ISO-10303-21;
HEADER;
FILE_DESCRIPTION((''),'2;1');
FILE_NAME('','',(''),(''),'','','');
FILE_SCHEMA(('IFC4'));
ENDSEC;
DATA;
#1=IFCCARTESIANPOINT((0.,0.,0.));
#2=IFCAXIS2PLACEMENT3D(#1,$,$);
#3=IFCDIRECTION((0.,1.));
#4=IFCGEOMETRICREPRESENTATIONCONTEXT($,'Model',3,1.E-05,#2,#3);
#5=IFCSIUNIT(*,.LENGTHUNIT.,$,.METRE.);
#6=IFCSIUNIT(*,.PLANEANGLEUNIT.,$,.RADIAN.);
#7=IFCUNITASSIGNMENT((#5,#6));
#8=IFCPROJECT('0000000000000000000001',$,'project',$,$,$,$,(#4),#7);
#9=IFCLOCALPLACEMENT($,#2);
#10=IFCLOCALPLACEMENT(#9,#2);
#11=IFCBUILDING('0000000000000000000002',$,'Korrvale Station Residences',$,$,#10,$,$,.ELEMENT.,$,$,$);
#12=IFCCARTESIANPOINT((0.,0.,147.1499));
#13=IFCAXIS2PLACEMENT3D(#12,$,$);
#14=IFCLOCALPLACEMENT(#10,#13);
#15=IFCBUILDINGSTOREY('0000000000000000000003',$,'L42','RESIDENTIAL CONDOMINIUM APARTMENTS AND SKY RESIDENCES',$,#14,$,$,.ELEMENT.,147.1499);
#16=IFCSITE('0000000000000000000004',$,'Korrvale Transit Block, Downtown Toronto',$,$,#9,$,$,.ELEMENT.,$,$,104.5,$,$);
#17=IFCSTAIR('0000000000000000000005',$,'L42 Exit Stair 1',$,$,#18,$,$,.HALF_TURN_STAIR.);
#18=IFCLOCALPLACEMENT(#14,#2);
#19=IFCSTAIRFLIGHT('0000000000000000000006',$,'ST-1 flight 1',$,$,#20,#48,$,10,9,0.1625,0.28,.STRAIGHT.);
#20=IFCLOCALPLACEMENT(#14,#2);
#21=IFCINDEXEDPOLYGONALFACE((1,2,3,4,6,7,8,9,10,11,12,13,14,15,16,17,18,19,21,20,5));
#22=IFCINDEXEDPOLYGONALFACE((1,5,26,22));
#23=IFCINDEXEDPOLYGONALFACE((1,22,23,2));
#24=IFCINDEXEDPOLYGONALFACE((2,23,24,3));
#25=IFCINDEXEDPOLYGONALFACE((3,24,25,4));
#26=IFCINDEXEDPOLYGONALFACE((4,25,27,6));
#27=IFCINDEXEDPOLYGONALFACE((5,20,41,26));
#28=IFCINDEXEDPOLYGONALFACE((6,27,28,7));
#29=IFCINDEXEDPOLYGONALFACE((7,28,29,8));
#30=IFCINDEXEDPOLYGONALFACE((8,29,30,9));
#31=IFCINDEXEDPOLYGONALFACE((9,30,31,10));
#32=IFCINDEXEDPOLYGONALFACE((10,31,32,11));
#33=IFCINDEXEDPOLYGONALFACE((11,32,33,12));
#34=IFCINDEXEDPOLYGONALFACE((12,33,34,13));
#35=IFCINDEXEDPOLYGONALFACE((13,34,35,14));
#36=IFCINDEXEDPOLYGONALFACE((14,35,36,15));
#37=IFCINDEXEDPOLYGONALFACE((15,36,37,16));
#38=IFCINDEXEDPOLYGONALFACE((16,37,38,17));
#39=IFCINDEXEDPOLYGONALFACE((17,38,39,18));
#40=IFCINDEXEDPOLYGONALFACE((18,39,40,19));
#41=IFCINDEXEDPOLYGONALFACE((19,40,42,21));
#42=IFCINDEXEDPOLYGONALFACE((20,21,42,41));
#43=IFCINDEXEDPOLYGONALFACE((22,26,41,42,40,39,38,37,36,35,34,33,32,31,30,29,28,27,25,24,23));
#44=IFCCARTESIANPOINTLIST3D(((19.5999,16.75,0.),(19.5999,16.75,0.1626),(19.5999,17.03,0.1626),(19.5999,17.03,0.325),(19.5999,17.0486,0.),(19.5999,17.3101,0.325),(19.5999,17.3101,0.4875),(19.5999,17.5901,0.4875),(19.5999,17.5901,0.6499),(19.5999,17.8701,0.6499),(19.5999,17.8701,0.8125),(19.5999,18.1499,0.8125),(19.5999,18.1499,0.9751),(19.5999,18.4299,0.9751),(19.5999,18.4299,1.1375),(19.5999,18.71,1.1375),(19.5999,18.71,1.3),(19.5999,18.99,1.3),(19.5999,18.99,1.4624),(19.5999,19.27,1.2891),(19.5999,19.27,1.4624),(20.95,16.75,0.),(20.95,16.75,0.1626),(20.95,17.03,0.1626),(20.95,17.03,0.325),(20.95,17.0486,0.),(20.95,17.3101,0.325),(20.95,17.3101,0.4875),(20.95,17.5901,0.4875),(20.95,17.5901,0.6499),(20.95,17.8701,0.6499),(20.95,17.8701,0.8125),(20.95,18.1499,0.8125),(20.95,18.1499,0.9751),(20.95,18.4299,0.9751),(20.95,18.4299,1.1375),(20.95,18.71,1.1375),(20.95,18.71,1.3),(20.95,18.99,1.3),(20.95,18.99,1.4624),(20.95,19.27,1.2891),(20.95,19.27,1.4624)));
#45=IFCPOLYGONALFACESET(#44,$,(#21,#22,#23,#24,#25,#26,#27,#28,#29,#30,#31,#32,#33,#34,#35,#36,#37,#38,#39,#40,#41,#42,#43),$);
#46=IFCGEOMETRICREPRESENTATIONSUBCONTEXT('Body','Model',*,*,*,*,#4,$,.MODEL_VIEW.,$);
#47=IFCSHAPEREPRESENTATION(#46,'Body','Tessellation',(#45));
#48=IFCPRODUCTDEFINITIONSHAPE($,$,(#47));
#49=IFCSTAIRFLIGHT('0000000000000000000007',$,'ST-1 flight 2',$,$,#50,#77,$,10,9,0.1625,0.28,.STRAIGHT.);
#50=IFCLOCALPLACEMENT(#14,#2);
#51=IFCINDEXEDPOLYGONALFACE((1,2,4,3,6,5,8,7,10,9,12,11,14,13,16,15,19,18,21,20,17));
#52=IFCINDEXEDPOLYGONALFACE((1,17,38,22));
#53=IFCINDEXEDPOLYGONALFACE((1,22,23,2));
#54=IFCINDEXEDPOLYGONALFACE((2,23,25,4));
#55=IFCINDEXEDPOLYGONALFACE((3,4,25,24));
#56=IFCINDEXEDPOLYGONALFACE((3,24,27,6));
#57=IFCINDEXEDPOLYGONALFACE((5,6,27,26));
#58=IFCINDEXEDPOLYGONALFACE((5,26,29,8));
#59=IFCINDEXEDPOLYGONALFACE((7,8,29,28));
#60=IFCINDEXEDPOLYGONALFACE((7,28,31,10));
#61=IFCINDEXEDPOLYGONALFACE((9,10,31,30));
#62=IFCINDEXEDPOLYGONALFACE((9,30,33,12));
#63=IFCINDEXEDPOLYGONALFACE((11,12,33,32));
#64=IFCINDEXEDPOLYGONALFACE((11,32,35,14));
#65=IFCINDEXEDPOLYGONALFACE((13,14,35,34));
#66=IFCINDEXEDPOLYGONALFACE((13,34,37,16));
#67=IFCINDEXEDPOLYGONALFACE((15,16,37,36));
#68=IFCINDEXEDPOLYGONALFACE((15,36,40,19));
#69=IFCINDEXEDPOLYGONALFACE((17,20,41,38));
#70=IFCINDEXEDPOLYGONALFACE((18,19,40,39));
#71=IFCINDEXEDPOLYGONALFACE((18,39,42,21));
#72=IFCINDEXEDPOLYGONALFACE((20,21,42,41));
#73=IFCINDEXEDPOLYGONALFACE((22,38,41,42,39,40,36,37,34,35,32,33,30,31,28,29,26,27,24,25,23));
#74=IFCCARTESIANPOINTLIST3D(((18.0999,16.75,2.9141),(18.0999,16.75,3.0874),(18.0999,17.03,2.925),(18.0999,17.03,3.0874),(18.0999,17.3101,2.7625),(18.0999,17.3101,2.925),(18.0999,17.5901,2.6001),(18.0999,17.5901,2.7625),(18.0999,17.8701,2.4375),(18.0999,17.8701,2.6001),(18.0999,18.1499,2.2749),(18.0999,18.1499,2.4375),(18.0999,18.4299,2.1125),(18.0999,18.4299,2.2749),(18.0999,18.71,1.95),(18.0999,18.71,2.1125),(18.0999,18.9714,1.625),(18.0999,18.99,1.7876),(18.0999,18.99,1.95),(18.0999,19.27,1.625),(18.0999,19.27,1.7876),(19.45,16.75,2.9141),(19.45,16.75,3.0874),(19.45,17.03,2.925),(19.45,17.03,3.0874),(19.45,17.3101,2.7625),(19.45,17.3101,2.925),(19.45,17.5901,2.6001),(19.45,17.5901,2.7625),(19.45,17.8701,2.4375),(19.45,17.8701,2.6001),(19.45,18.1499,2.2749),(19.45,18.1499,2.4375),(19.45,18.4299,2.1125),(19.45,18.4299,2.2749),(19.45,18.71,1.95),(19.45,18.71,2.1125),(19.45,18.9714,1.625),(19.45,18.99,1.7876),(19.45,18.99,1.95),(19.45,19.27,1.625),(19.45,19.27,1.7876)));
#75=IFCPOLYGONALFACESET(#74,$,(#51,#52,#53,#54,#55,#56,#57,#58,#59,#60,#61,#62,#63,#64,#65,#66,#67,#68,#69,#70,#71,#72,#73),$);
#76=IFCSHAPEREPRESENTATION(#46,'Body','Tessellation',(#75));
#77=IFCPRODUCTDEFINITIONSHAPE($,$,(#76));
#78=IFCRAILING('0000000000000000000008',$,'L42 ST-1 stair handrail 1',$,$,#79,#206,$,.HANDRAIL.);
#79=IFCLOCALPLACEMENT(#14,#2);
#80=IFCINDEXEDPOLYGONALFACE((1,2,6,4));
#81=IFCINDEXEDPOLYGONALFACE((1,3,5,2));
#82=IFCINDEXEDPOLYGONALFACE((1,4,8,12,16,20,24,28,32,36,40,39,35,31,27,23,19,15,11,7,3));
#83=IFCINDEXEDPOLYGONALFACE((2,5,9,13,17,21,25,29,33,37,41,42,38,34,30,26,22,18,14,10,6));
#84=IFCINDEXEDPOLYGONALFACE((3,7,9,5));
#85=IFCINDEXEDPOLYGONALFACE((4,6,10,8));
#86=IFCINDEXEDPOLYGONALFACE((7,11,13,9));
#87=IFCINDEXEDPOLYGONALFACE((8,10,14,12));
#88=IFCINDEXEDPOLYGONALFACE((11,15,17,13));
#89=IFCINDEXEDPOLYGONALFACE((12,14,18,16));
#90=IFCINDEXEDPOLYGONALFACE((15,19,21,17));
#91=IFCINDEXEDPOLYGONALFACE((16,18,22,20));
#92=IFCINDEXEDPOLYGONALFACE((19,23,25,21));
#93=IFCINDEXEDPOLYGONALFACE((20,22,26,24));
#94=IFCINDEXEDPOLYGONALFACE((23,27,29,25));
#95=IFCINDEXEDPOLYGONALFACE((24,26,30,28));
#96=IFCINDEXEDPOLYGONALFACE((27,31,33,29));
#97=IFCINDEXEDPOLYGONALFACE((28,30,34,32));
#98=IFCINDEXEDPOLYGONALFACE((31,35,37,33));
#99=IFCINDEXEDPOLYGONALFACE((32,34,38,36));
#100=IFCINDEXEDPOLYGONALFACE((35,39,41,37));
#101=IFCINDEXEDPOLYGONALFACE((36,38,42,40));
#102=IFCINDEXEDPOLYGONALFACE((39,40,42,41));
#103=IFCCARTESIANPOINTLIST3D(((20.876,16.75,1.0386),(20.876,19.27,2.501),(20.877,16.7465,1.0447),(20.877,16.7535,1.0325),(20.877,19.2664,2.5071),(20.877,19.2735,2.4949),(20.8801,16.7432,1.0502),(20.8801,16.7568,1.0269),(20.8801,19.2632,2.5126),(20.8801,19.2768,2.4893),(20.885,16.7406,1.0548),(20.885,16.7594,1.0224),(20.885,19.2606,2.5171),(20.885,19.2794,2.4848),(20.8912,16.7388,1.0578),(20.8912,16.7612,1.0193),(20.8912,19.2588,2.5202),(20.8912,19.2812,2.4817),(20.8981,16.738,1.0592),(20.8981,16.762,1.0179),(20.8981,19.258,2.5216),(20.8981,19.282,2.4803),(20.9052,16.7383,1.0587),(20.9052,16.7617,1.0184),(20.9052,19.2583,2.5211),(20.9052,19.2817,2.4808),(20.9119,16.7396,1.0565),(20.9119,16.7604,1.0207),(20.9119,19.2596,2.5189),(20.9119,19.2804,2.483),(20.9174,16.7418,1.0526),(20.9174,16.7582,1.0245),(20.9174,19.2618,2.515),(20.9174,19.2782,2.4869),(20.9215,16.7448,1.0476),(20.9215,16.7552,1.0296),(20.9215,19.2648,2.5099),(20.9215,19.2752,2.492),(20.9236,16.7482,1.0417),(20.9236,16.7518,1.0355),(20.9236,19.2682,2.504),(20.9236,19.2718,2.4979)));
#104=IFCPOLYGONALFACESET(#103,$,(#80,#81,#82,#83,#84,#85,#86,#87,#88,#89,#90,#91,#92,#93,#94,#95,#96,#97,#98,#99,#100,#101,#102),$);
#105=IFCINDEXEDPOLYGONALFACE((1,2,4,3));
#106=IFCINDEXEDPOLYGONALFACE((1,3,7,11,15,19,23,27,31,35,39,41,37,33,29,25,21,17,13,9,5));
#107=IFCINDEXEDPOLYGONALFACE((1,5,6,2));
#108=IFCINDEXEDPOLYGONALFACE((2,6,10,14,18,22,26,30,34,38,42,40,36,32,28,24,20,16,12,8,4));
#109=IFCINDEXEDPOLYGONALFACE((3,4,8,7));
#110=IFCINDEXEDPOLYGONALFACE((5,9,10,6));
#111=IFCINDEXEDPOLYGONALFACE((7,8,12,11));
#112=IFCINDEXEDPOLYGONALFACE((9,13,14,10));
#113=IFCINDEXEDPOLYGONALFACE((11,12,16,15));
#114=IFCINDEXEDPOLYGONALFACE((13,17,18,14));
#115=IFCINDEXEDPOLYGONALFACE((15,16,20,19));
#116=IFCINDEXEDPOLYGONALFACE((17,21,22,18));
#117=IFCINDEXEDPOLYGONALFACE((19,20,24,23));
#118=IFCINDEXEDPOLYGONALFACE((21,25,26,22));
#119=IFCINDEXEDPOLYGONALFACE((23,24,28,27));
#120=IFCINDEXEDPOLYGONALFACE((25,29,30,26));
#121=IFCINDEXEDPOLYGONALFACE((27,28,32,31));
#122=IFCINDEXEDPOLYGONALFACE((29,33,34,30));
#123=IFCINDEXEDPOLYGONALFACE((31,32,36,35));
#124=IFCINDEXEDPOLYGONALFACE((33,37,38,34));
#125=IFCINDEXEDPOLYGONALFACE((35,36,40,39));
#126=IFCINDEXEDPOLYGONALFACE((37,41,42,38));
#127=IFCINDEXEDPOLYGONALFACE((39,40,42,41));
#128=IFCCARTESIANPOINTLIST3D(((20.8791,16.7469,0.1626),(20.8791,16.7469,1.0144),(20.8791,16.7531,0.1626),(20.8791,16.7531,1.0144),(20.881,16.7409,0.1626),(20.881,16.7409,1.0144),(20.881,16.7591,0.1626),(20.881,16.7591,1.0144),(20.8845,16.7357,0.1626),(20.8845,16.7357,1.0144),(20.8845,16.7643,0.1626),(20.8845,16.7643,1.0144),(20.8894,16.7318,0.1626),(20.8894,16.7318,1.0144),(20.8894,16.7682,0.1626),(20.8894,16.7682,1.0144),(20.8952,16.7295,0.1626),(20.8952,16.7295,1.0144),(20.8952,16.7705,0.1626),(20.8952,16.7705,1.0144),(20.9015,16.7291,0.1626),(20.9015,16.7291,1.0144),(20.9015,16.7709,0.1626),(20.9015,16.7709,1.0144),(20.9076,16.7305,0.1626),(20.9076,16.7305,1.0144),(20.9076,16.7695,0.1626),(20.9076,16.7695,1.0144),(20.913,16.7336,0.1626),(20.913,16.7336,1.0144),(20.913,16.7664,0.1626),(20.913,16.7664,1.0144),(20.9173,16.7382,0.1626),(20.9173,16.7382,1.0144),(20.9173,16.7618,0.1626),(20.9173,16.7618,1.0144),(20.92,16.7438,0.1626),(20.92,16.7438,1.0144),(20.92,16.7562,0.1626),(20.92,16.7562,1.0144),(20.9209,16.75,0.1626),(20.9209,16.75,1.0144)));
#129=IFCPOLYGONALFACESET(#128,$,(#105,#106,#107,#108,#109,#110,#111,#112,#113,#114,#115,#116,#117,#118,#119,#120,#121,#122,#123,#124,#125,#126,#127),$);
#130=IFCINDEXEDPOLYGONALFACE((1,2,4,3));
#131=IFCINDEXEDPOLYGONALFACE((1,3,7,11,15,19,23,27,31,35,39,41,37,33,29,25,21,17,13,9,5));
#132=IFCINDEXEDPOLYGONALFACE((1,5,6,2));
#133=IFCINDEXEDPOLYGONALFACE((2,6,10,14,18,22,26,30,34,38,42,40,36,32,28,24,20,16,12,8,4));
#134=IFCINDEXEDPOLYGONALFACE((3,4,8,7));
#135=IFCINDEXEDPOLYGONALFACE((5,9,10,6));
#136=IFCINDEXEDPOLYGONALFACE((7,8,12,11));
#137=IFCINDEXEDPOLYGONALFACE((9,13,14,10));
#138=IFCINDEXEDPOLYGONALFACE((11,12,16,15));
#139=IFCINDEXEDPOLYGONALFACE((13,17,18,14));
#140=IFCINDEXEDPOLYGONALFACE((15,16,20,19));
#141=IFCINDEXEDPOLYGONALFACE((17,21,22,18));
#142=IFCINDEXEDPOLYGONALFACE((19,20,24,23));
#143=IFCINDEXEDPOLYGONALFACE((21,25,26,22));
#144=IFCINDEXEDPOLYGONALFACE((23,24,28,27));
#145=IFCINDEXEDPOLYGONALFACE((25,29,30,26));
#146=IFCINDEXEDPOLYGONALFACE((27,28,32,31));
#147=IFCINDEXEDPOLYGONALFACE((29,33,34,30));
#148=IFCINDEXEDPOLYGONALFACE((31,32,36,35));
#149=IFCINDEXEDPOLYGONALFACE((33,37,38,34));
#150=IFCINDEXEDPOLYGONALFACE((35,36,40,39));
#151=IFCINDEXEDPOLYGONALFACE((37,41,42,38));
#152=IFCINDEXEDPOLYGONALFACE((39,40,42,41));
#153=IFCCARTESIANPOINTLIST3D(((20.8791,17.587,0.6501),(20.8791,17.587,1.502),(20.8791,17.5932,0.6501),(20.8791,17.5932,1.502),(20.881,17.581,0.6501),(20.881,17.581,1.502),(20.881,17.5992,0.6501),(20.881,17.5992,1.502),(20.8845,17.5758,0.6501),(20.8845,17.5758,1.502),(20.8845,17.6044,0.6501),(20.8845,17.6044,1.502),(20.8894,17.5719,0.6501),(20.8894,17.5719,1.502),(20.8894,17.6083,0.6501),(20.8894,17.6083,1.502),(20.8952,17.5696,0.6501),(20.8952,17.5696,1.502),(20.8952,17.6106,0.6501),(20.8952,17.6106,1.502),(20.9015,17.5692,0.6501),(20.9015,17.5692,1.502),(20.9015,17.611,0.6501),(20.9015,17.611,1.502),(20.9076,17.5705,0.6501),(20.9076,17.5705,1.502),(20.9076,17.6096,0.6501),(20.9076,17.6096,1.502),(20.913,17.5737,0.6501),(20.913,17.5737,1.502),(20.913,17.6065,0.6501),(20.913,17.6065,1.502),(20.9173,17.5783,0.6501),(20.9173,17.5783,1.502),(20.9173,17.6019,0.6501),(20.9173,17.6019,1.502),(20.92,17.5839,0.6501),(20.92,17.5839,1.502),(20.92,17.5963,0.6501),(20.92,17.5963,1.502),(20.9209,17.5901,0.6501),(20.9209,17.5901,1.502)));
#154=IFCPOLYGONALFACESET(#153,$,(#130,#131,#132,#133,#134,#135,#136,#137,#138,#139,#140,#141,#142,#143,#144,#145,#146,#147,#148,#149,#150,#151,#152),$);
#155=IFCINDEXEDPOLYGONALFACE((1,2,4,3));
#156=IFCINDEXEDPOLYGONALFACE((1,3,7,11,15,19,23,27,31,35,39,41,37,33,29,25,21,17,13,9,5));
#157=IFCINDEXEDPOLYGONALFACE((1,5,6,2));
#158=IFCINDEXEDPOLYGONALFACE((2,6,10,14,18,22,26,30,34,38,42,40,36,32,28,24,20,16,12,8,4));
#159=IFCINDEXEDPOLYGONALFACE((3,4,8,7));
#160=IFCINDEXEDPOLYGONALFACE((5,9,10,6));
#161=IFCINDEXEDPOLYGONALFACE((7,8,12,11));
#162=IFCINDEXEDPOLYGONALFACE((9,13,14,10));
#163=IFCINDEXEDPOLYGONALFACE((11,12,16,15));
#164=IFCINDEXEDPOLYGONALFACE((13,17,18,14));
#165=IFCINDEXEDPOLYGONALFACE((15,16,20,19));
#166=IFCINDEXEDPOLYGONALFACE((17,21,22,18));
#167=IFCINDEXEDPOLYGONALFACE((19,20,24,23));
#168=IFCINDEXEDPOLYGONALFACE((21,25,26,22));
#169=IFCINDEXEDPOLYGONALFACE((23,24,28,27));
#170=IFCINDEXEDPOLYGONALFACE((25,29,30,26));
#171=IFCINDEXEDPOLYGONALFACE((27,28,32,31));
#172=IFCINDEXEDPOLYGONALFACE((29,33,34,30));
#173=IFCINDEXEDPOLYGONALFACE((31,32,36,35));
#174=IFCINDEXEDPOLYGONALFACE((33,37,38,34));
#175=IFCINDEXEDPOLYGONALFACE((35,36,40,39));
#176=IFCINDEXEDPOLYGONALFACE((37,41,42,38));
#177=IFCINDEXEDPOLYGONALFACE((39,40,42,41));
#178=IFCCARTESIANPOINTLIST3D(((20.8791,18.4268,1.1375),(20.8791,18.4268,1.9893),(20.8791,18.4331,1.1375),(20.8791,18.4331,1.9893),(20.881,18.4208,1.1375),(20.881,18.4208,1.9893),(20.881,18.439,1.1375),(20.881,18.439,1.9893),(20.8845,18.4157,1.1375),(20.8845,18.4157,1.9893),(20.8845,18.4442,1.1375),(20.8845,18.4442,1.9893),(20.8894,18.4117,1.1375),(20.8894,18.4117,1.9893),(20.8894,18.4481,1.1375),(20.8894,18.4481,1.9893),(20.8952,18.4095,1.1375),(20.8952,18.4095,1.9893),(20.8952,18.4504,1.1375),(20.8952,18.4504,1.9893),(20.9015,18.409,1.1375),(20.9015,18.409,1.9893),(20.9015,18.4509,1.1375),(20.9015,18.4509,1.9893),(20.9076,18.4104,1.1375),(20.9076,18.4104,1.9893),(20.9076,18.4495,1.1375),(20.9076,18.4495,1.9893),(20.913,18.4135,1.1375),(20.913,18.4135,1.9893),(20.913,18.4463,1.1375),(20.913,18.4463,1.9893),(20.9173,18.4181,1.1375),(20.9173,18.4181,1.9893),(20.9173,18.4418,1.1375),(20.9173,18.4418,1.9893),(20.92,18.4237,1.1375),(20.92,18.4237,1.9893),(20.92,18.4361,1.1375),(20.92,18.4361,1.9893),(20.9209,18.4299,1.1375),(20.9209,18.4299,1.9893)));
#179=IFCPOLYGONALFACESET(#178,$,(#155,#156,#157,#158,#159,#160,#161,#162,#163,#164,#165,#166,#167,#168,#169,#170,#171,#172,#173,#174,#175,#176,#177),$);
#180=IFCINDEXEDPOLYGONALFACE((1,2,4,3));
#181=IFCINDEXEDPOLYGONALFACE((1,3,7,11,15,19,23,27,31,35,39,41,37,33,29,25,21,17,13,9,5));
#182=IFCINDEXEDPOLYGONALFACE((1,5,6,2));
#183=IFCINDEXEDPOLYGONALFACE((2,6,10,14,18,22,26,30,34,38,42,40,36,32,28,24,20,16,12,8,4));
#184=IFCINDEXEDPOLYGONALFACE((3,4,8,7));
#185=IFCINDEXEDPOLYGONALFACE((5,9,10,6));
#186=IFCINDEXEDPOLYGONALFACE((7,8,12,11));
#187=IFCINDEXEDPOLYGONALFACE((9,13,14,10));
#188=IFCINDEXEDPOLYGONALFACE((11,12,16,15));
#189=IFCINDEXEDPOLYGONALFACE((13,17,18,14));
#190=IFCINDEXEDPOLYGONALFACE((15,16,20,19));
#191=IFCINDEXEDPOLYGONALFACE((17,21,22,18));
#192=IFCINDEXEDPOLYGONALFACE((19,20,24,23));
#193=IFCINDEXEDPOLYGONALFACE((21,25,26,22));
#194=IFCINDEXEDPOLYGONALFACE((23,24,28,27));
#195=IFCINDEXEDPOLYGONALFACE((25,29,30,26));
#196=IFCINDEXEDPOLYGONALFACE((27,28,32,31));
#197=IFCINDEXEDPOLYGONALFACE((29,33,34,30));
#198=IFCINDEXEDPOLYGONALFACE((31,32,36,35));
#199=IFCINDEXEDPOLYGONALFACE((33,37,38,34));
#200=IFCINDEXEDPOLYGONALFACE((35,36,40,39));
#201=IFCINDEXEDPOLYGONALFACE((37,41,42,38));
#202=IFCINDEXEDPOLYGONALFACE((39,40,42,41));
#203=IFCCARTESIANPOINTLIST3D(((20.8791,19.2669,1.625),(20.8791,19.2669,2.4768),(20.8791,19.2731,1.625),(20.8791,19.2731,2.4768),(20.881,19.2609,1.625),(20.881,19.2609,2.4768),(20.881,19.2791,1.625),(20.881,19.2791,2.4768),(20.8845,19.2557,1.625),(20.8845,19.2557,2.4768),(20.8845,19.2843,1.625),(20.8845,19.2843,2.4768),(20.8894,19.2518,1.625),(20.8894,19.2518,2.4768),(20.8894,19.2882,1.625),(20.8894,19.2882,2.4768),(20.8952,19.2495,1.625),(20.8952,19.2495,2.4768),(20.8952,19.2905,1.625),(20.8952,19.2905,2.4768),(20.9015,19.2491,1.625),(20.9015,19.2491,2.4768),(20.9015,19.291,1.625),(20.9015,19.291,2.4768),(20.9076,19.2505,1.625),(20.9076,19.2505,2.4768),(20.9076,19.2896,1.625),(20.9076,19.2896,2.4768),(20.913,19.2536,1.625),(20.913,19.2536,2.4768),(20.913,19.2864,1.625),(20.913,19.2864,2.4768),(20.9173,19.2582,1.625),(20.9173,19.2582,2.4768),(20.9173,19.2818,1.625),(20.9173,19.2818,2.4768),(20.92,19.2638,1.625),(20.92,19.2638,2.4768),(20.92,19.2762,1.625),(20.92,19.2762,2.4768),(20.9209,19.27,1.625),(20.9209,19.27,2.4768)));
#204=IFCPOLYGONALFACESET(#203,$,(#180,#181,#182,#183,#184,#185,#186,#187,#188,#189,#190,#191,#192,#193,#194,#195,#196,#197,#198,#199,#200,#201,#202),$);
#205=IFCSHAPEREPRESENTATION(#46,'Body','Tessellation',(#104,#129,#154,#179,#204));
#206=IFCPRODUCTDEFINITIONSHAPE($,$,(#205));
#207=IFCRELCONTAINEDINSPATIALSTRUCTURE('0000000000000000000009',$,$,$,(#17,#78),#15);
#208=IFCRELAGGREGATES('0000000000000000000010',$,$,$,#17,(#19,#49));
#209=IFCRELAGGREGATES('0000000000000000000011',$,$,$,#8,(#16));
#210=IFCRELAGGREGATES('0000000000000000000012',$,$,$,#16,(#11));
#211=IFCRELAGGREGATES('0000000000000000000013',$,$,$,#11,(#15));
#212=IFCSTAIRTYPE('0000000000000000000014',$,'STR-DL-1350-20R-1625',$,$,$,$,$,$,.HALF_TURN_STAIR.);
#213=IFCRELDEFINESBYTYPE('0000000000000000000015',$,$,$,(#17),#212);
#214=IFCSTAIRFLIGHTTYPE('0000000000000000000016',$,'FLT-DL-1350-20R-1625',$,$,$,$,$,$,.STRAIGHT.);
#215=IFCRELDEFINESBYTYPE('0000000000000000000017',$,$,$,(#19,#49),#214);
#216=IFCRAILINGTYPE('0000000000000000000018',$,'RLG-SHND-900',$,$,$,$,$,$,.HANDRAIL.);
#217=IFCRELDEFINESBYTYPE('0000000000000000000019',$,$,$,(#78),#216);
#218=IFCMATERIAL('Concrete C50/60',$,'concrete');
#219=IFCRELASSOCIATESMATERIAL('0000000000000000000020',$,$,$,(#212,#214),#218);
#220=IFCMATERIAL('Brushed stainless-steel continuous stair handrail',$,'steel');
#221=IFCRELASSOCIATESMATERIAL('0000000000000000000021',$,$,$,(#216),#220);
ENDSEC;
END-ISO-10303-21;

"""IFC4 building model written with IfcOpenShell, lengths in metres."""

from ifc_helpers import new_model, si_unit, direction, frame, origin, origin_2d, place, context, subcontext, project, spatial, polyline, circle, outline, extrude, material, type_object, element, aggregate, save


model = new_model("IFC4")

# Units and contexts
model_context = context("Model", 3, precision=1e-05, world=origin(), true_north=direction((0.0, 1.0)))
body_context = subcontext(model_context, "Body", "Model", "MODEL_VIEW")
ifc_project = project(units=[si_unit("LENGTHUNIT", "METRE"), si_unit("PLANEANGLEUNIT", "RADIAN")], contexts=[model_context])

# Site, building, storey
site_placement = place(None, origin())
site = spatial("IfcSite", under=ifc_project, at=site_placement, Name="Korrvale Transit Block, Downtown Toronto", CompositionType="ELEMENT", RefElevation=104.5)
building_placement = place(site_placement, origin())
building = spatial("IfcBuilding", under=site, at=building_placement, Name="Korrvale Station Residences", CompositionType="ELEMENT")
storey_placement = place(building_placement, frame((0.0, 0.0, 147.1499)))
storey = spatial("IfcBuildingStorey", under=building, at=storey_placement, Name="L42", Description="RESIDENTIAL CONDOMINIUM APARTMENTS AND SKY RESIDENCES", CompositionType="ELEMENT", Elevation=147.1499)

# Stair, stair flights
ifc_material_1 = material(Name="Concrete C50/60", Category="concrete")
stair_type = type_object("IfcStairType", Name="STR-DL-1350-20R-1625", PredefinedType="HALF_TURN_STAIR", material=ifc_material_1)
stair_placement = place(storey_placement, origin())
stair = element("IfcStair", 1, at=stair_placement, inside=storey, type_object=stair_type, Name="L42 Exit Stair 1", PredefinedType="HALF_TURN_STAIR")
stair_flight_type = type_object("IfcStairFlightType", Name="FLT-DL-1350-20R-1625", PredefinedType="STRAIGHT", material=ifc_material_1)
stair_flight_1_placement = place(storey_placement, frame((20.2749, 16.75, 0.0), z_axis=(0.0, 0.0, 1.0), x_axis=(0.0, 1.0, 0.0)))
stair_flight_1 = element("IfcStairFlight", 2, at=stair_flight_1_placement, type_object=stair_flight_type, Name="ST-1 flight 1", NumberOfRisers=10, NumberOfTreads=9, PredefinedType="STRAIGHT", RiserHeight=0.1625, TreadLength=0.28, context=body_context, shape_type="SweptSolid", body=[
    extrude(outline(polyline([(0.0, 0.0), (0.0, 0.1626), (0.28, 0.1626), (0.28, 0.325), (0.5601, 0.325), (0.5601, 0.4875), (0.8401, 0.4875), (0.8401, 0.6499), (1.1201, 0.6499), (1.1201, 0.8125), (1.3999, 0.8125), (1.3999, 0.9751), (1.6799, 0.9751), (1.6799, 1.1375), (1.96, 1.1375), (1.96, 1.3), (2.24, 1.3), (2.24, 1.4624), (2.52, 1.4624), (2.52, 1.625), (2.52, 1.2891), (0.2986, 0.0), (0.0, 0.0)])), frame((0.0, 0.675, 0.0), z_axis=(0.0, -1.0, 0.0), x_axis=(1.0, 0.0, 0.0)), (0.0, 0.0, 1.0), 1.3501),
])
stair_flight_2_placement = place(storey_placement, frame((18.7749, 19.27, 1.625), z_axis=(0.0, 0.0, 1.0), x_axis=(0.0, -1.0, 0.0)))
stair_flight_2 = element("IfcStairFlight", 3, at=stair_flight_2_placement, type_object=stair_flight_type, Name="ST-1 flight 2", NumberOfRisers=10, NumberOfTreads=9, PredefinedType="STRAIGHT", RiserHeight=0.1625, TreadLength=0.28, context=body_context, shape_type="SweptSolid", body=[
    extrude(outline(polyline([(0.0, 0.0), (0.0, 0.1626), (0.28, 0.1626), (0.28, 0.325), (0.5601, 0.325), (0.5601, 0.4875), (0.8401, 0.4875), (0.8401, 0.6499), (1.1201, 0.6499), (1.1201, 0.8125), (1.3999, 0.8125), (1.3999, 0.9751), (1.6799, 0.9751), (1.6799, 1.1375), (1.96, 1.1375), (1.96, 1.3), (2.24, 1.3), (2.24, 1.4624), (2.52, 1.4624), (2.52, 1.625), (2.52, 1.2891), (0.2986, 0.0), (0.0, 0.0)])), frame((0.0, 0.675, 0.0), z_axis=(0.0, -1.0, 0.0), x_axis=(1.0, 0.0, 0.0)), (0.0, 0.0, 1.0), 1.3501),
])
aggregate(stair, [stair_flight_1, stair_flight_2])

# Railing
ifc_material_2 = material(Name="Brushed stainless-steel continuous stair handrail", Category="steel")
railing_type_1 = type_object("IfcRailingType", Name="RLG-SHND-900", PredefinedType="HANDRAIL", material=ifc_material_2)
railing_1_placement = place(storey_placement, frame((20.8999, 16.75, 0.1626)))
element("IfcRailing", 4, at=railing_1_placement, inside=storey, type_object=railing_type_1, Name="L42 ST-1 stair handrail 1", PredefinedType="HANDRAIL", context=body_context, shape_type="SweptSolid", body=[
    extrude(circle(Radius=0.0239, at=origin_2d()), frame((0.0, 0.0, 0.876), z_axis=(0.0, 0.864913, 0.501921), x_axis=(-1.0, 0.0, 0.0)), (0.0, 0.0, 1.0), 2.9136),
    extrude(circle(Radius=0.021, at=origin_2d()), origin(), (0.0, 0.0, 1.0), 0.8518),
    extrude(circle(Radius=0.021, at=origin_2d()), frame((0.0, 0.8401, 0.4875)), (0.0, 0.0, 1.0), 0.8518),
    extrude(circle(Radius=0.021, at=origin_2d()), frame((0.0, 1.6799, 0.9749)), (0.0, 0.0, 1.0), 0.8518),
    extrude(circle(Radius=0.021, at=origin_2d()), frame((0.0, 2.52, 1.4624)), (0.0, 0.0, 1.0), 0.8518),
])

save(model, "model.ifc")
